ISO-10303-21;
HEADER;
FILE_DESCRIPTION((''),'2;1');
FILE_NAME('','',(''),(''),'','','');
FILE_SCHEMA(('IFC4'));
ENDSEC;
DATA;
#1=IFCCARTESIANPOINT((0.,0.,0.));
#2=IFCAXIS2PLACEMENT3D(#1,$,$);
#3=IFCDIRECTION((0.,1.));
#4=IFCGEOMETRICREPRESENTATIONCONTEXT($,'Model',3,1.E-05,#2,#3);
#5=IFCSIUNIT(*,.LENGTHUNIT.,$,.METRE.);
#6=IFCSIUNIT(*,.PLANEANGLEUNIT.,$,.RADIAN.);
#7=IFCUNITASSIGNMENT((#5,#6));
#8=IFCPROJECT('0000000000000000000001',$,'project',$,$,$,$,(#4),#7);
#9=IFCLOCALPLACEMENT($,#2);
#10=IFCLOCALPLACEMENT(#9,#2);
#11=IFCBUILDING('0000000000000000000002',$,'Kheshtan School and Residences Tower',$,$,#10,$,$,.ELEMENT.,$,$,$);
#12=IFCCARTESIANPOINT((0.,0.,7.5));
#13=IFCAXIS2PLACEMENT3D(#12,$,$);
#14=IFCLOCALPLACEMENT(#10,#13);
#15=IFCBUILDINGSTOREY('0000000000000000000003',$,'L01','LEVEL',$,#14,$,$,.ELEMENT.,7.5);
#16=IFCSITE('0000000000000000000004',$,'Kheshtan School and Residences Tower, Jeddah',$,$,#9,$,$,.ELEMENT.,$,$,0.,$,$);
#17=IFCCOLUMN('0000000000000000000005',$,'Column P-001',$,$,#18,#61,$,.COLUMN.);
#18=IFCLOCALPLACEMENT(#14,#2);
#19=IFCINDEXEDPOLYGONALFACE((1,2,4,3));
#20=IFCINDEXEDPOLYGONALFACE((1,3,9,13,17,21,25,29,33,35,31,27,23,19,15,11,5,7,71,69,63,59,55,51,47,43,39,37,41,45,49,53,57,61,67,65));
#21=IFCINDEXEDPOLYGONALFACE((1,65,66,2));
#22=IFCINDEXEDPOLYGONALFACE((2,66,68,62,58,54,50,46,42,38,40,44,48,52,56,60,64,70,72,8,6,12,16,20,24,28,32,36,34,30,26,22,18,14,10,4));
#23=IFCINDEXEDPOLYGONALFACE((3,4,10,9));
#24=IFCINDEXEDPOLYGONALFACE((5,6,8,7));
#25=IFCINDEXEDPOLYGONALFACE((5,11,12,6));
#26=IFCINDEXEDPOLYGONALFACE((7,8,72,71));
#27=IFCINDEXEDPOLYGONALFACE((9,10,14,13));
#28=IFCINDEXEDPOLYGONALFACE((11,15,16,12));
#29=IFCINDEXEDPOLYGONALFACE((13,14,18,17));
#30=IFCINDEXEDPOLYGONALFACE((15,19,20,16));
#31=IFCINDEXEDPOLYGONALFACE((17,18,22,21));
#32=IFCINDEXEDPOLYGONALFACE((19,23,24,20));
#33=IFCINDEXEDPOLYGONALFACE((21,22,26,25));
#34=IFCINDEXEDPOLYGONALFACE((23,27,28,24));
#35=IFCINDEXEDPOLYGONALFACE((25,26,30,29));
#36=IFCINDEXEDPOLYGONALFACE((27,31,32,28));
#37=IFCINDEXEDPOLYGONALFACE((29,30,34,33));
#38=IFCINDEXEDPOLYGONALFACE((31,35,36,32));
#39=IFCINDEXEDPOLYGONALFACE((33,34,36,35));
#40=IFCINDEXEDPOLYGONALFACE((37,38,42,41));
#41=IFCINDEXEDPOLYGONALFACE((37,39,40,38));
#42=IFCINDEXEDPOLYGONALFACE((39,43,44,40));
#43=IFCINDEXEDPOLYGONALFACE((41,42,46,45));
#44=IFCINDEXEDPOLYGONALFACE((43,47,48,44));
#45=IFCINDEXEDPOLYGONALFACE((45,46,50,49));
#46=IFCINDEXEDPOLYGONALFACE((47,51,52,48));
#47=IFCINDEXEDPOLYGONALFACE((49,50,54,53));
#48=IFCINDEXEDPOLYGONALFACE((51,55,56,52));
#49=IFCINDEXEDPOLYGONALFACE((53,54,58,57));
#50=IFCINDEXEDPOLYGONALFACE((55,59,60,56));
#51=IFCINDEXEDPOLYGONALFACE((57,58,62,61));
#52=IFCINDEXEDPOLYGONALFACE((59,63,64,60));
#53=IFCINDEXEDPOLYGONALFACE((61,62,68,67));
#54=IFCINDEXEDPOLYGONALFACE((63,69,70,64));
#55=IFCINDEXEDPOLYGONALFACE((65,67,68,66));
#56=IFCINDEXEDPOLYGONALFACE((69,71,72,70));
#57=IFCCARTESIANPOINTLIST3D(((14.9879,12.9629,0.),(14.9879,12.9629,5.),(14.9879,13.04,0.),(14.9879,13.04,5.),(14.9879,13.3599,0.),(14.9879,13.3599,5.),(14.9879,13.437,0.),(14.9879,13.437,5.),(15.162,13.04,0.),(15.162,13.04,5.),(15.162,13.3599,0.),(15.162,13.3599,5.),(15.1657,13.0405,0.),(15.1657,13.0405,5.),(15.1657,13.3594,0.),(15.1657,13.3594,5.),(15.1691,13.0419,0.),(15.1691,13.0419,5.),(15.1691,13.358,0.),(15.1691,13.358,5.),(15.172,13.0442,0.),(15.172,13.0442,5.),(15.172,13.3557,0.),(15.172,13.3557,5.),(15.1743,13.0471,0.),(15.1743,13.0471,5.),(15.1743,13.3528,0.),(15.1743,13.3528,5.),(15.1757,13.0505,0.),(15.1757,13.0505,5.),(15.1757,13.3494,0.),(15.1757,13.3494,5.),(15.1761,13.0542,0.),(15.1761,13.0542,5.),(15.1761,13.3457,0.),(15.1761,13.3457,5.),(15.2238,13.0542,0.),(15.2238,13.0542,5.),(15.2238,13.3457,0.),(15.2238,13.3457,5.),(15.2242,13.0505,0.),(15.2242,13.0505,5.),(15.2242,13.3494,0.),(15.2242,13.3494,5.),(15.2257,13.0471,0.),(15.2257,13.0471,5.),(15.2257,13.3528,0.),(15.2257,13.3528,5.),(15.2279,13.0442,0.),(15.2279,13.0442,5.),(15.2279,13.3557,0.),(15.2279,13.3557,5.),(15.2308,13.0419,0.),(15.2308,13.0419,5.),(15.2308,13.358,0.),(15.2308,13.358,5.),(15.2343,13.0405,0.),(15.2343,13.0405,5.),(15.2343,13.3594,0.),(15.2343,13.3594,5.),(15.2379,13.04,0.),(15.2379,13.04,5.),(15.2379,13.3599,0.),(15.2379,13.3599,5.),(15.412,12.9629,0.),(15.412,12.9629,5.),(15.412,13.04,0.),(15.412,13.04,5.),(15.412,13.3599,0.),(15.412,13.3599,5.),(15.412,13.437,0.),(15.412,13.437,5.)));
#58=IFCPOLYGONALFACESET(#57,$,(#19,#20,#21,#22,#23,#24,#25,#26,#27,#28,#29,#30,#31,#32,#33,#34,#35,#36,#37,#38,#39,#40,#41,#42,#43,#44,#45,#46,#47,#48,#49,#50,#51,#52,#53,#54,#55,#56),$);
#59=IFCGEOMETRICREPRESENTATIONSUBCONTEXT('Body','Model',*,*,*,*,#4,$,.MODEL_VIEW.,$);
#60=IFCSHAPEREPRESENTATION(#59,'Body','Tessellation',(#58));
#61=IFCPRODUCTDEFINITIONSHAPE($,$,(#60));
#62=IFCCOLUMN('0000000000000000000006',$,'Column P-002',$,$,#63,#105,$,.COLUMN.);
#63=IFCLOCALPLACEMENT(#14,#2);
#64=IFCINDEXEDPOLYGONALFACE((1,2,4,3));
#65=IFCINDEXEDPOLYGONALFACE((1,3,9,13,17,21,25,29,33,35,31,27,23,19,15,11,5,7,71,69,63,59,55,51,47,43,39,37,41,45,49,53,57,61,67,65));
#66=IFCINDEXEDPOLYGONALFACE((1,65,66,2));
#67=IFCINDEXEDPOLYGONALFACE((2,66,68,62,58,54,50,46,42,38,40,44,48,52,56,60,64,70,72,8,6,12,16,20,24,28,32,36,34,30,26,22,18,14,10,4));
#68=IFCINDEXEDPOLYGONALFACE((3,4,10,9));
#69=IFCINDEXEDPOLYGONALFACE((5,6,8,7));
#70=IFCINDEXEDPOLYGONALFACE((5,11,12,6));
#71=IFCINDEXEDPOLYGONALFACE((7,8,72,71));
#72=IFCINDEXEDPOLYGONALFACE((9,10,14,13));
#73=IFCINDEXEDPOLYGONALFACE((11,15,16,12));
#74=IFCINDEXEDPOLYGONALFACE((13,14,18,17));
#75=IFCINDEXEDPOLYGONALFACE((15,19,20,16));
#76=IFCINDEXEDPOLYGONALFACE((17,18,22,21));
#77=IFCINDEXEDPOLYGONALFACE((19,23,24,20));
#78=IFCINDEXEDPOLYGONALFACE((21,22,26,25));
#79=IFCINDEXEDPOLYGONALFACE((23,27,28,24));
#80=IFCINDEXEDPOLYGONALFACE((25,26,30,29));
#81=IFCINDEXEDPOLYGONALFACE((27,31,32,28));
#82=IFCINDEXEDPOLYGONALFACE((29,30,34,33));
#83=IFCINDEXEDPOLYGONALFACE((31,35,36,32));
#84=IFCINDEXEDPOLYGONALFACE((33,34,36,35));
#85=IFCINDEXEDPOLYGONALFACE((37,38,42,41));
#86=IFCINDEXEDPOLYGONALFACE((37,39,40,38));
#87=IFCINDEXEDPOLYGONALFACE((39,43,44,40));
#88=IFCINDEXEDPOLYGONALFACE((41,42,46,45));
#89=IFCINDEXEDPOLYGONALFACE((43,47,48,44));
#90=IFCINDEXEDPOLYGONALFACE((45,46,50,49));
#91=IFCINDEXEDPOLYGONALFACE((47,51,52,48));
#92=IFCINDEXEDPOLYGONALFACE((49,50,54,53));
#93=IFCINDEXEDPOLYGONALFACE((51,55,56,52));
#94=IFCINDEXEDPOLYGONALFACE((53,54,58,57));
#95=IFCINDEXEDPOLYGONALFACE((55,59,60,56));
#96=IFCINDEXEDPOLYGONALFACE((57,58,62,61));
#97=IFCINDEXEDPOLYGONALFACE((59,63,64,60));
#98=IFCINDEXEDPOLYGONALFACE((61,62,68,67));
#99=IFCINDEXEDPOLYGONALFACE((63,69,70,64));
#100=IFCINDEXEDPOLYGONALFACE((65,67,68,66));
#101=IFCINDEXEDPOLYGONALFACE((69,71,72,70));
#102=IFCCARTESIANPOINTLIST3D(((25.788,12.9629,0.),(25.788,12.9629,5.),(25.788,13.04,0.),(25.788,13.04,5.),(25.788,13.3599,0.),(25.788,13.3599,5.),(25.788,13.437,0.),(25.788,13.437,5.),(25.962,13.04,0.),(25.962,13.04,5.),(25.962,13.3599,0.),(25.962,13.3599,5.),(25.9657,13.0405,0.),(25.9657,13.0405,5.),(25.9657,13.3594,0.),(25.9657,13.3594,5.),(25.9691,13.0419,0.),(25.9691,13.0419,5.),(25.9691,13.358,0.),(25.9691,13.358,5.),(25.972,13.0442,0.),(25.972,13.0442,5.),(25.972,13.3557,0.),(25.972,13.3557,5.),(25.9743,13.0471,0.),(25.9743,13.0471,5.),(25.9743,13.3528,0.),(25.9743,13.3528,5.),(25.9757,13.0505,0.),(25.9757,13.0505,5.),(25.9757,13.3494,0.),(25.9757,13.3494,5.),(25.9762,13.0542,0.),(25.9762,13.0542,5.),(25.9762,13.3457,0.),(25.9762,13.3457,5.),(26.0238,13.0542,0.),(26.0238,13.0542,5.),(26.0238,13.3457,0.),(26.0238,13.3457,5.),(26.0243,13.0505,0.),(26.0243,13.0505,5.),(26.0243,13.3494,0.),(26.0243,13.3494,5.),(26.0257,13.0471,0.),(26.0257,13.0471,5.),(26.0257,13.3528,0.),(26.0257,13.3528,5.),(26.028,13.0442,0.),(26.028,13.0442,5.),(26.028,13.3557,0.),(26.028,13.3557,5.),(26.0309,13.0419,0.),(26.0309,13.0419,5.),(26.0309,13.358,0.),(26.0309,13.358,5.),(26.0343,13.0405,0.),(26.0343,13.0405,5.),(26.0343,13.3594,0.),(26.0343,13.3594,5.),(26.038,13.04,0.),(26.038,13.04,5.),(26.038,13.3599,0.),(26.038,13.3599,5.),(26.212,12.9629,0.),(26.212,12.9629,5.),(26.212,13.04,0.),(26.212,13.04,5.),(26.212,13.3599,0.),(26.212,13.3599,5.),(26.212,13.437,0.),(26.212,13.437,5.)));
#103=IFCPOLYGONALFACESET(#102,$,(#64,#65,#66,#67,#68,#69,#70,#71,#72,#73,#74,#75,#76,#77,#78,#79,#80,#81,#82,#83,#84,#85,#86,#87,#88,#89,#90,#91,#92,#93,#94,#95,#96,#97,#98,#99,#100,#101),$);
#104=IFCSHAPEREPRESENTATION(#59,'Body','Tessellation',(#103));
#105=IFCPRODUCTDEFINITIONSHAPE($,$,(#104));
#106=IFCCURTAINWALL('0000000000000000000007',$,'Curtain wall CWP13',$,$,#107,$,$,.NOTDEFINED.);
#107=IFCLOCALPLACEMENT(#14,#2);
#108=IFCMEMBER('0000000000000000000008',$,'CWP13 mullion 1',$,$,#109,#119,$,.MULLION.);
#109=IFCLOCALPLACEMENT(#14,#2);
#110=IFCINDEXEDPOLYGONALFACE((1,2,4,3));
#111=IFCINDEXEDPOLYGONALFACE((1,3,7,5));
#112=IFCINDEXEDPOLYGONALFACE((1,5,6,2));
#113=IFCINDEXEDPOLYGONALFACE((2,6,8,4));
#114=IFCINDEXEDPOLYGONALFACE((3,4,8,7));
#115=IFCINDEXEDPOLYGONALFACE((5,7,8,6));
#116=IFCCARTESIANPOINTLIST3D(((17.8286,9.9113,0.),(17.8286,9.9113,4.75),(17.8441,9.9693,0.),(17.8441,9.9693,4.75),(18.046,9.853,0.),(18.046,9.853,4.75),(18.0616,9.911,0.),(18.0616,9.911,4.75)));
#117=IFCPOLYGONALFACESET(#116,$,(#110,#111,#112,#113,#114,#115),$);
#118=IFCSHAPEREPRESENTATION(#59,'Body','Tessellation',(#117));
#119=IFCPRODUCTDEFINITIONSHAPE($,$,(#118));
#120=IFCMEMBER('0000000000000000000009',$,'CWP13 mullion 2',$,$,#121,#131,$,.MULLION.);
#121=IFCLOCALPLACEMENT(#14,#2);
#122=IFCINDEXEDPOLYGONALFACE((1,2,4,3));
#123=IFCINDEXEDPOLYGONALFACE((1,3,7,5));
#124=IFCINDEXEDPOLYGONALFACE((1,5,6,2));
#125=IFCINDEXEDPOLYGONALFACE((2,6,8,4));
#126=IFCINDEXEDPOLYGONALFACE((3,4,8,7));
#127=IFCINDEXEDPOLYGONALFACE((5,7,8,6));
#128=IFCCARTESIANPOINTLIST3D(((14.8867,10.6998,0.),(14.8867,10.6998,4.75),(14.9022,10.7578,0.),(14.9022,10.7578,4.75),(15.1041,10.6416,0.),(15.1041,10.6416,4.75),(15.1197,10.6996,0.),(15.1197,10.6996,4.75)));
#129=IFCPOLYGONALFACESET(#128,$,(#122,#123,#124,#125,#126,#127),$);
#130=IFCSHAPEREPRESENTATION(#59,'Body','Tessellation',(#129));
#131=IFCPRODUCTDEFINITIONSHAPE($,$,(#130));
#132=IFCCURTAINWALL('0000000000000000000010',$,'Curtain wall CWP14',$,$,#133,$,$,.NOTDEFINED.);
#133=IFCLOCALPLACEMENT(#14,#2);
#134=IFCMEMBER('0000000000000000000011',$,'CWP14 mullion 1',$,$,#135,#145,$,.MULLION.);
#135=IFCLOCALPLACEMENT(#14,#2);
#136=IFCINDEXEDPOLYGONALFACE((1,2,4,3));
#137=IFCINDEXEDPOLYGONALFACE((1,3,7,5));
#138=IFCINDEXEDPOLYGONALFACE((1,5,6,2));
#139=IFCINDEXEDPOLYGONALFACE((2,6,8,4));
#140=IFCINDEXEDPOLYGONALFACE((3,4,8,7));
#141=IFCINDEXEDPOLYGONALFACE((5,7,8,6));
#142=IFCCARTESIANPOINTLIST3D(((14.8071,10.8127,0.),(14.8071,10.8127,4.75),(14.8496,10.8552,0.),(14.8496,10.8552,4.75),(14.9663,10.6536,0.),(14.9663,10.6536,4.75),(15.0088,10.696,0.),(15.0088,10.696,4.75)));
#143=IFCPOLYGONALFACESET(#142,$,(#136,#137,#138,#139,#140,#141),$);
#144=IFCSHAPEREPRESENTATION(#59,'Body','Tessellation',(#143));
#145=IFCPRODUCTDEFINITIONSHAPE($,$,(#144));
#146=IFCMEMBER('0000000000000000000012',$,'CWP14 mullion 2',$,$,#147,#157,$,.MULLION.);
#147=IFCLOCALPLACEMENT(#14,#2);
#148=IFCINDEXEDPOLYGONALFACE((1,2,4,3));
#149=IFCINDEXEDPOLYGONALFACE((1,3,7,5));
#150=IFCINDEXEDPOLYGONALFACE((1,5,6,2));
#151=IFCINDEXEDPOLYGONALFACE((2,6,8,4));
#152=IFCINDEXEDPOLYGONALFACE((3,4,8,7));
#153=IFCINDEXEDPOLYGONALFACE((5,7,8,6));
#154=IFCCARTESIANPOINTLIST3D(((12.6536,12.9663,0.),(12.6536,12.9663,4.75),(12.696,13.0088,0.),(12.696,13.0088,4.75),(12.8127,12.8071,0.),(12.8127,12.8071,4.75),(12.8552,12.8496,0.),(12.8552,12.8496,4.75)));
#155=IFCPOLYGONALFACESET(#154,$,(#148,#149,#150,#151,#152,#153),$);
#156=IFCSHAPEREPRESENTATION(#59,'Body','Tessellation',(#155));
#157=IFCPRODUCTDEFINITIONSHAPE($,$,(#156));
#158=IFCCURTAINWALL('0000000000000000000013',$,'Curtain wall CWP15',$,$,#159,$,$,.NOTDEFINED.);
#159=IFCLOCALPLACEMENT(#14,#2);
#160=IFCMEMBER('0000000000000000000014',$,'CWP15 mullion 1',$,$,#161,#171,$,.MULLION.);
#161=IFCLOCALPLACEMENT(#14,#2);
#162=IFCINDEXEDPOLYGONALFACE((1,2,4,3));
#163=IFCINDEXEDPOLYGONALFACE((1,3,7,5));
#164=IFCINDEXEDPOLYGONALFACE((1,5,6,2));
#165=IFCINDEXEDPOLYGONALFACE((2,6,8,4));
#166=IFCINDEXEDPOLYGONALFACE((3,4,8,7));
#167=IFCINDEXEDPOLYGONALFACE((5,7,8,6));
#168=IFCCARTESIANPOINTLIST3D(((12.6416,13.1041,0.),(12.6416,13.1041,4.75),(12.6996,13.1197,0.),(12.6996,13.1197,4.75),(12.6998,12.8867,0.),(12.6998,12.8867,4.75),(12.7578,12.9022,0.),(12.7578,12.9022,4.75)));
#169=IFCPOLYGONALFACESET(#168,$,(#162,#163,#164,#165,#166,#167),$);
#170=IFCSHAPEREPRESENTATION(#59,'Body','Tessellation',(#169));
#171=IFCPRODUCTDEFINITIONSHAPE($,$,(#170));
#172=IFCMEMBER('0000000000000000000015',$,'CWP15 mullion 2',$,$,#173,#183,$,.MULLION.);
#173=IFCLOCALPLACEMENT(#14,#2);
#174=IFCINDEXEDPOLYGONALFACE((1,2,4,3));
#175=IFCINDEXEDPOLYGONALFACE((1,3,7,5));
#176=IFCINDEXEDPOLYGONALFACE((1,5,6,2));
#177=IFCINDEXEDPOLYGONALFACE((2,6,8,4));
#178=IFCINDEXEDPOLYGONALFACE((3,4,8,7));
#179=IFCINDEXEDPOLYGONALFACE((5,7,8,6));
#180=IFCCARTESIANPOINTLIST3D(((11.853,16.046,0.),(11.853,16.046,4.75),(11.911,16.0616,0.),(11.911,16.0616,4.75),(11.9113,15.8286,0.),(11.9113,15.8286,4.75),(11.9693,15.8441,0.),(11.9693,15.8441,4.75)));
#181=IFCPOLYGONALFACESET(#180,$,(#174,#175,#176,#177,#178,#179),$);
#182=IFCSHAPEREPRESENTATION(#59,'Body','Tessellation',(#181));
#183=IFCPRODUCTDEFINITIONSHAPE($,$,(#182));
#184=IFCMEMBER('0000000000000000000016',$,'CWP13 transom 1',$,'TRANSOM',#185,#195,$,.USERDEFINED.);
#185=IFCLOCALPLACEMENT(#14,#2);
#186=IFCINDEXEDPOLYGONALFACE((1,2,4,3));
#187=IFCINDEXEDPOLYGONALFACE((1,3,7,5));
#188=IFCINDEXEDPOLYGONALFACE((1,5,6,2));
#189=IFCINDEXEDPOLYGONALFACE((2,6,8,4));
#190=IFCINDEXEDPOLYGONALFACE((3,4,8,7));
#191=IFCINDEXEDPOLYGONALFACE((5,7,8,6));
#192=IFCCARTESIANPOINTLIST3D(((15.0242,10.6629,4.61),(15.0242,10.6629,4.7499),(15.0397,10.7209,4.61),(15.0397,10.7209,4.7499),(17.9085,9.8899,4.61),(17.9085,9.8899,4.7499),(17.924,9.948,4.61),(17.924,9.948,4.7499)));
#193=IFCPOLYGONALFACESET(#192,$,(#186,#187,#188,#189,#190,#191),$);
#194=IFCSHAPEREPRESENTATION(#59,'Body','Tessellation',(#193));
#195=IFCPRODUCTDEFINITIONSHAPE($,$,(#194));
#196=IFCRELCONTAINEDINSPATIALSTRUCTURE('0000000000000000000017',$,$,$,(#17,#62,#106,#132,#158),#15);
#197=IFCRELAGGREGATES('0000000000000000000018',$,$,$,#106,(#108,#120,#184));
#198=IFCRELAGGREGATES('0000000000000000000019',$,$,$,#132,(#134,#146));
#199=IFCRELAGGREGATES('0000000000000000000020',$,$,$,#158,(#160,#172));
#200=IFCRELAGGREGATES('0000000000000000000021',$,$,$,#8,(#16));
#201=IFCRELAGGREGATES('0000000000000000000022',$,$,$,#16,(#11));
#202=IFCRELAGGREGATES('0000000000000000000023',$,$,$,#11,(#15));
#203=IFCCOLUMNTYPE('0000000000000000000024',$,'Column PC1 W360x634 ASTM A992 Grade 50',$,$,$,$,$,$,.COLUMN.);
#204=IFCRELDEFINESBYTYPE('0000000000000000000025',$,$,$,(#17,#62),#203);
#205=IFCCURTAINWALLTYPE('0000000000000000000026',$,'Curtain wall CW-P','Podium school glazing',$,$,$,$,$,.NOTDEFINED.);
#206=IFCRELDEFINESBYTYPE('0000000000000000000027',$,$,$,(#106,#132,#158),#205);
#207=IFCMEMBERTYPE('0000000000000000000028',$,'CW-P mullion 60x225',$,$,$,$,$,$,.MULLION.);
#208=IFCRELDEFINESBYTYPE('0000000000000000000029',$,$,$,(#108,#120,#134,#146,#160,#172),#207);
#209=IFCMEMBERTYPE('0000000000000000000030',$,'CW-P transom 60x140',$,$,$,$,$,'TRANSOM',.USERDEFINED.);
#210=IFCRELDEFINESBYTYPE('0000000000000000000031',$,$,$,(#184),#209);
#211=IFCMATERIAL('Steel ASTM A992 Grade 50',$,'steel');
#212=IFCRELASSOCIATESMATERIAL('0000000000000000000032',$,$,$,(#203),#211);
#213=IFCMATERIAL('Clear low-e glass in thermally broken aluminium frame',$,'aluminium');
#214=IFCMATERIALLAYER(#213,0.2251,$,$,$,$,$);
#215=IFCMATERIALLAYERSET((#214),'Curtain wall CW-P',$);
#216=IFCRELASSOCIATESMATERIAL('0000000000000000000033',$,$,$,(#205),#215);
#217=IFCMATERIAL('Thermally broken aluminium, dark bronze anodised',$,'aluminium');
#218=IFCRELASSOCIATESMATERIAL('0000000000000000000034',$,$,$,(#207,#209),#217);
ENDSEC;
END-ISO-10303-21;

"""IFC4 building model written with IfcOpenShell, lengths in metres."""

from ifc_helpers import new_model, si_unit, direction, frame, origin, origin_2d, place, context, subcontext, project, spatial, rectangle, i_section, extrude, material, layer, layer_set, material_profile, profile_set, type_object, element, aggregate, save


model = new_model("IFC4")

# Units and contexts
model_context = context("Model", 3, precision=1e-05, world=origin(), true_north=direction((0.0, 1.0)))
body_context = subcontext(model_context, "Body", "Model", "MODEL_VIEW")
ifc_project = project(units=[si_unit("LENGTHUNIT", "METRE"), si_unit("PLANEANGLEUNIT", "RADIAN")], contexts=[model_context])

# Site, building, storey
site_placement = place(None, origin())
site = spatial("IfcSite", under=ifc_project, at=site_placement, Name="Kheshtan School and Residences Tower, Jeddah", CompositionType="ELEMENT", RefElevation=0.0)
building_placement = place(site_placement, origin())
building = spatial("IfcBuilding", under=site, at=building_placement, Name="Kheshtan School and Residences Tower", CompositionType="ELEMENT")
storey_placement = place(building_placement, frame((0.0, 0.0, 7.5)))
storey = spatial("IfcBuildingStorey", under=building, at=storey_placement, Name="L01", Description="LEVEL", CompositionType="ELEMENT", Elevation=7.5)

# Columns
ifc_material_1 = material(Name="Steel ASTM A992 Grade 50", Category="steel")
ifc_material_profile_1 = material_profile(ifc_material_1, i_section(OverallWidth=0.4241, OverallDepth=0.4741, WebThickness=0.0476, FlangeThickness=0.0771, FilletRadius=0.0142, at=origin_2d()), Name="W360x634")
ifc_profile_set_1 = profile_set([ifc_material_profile_1], Name="Steel ASTM A992 Grade 50")
column_type = type_object("IfcColumnType", Name="Column PC1 W360x634 ASTM A992 Grade 50", PredefinedType="COLUMN", material=ifc_profile_set_1)
for number, where, z_axis, x_axis, name in (
    (1, (15.2, 13.2, 0.0), (0.0, 0.0, 1.0), (1.0, 0.0, 0.0), "Column P-001"),
    (2, (26.0, 13.2, 0.0), (0.0, 0.0, 1.0), (1.0, 0.0, 0.0), "Column P-002"),
):
    element("IfcColumn", number, at=place(storey_placement, frame(where, z_axis=z_axis, x_axis=x_axis)), inside=storey, type_object=column_type, Name=name, PredefinedType="COLUMN", context=body_context, shape_type="SweptSolid", body=[
        extrude(i_section(OverallWidth=0.4241, OverallDepth=0.4741, WebThickness=0.0476, FlangeThickness=0.0771, FilletRadius=0.0142, at=origin_2d()), origin(), (0.0, 0.0, 1.0), 5.0),
    ])

# Curtain walls, members
ifc_material_2 = material(Name="Clear low-e glass in thermally broken aluminium frame", Category="aluminium")
ifc_layer_1 = layer(ifc_material_2, 0.2251)
ifc_layer_set_1 = layer_set([ifc_layer_1], Name="Curtain wall CW-P")
curtain_wall_type = type_object("IfcCurtainWallType", Name="Curtain wall CW-P", Description="Podium school glazing", PredefinedType="NOTDEFINED", material=ifc_layer_set_1)
curtain_wall_1_placement = place(storey_placement, origin())
curtain_wall_1 = element("IfcCurtainWall", 3, at=curtain_wall_1_placement, inside=storey, type_object=curtain_wall_type, Name="Curtain wall CWP13", PredefinedType="NOTDEFINED")
ifc_material_3 = material(Name="Thermally broken aluminium, dark bronze anodised", Category="aluminium")
ifc_material_profile_2 = material_profile(ifc_material_3, rectangle(XDim=0.0601, YDim=0.2251, at=origin_2d()), Name="CW-P mullion 60x225")
ifc_profile_set_2 = profile_set([ifc_material_profile_2], Name="Thermally broken aluminium, dark bronze anodised")
member_type_1 = type_object("IfcMemberType", Name="CW-P mullion 60x225", PredefinedType="MULLION", material=ifc_profile_set_2)
member_1_placement = place(storey_placement, frame((17.9451, 9.9111, 0.0), z_axis=(0.0, 0.0, 1.0), x_axis=(-0.258865, -0.965914, 0.0)))
member_1 = element("IfcMember", 4, at=member_1_placement, type_object=member_type_1, Name="CWP13 mullion 1", PredefinedType="MULLION", context=body_context, shape_type="SweptSolid", body=[
    extrude(rectangle(XDim=0.0601, YDim=0.2251, at=origin_2d()), origin(), (0.0, 0.0, 1.0), 4.75),
])
member_2_placement = place(storey_placement, frame((15.0032, 10.6997, 0.0), z_axis=(0.0, 0.0, 1.0), x_axis=(-0.258865, -0.965914, 0.0)))
member_2 = element("IfcMember", 5, at=member_2_placement, type_object=member_type_1, Name="CWP13 mullion 2", PredefinedType="MULLION", context=body_context, shape_type="SweptSolid", body=[
    extrude(rectangle(XDim=0.0601, YDim=0.2251, at=origin_2d()), origin(), (0.0, 0.0, 1.0), 4.75),
])
curtain_wall_2_placement = place(storey_placement, origin())
curtain_wall_2 = element("IfcCurtainWall", 6, at=curtain_wall_2_placement, inside=storey, type_object=curtain_wall_type, Name="Curtain wall CWP14", PredefinedType="NOTDEFINED")
member_3_placement = place(storey_placement, frame((14.908, 10.7544, 0.0), z_axis=(0.0, 0.0, 1.0), x_axis=(-0.707107, -0.707107, 0.0)))
member_3 = element("IfcMember", 7, at=member_3_placement, type_object=member_type_1, Name="CWP14 mullion 1", PredefinedType="MULLION", context=body_context, shape_type="SweptSolid", body=[
    extrude(rectangle(XDim=0.0601, YDim=0.2251, at=origin_2d()), origin(), (0.0, 0.0, 1.0), 4.75),
])
member_4_placement = place(storey_placement, frame((12.7544, 12.908, 0.0), z_axis=(0.0, 0.0, 1.0), x_axis=(-0.707107, -0.707107, 0.0)))
member_4 = element("IfcMember", 8, at=member_4_placement, type_object=member_type_1, Name="CWP14 mullion 2", PredefinedType="MULLION", context=body_context, shape_type="SweptSolid", body=[
    extrude(rectangle(XDim=0.0601, YDim=0.2251, at=origin_2d()), origin(), (0.0, 0.0, 1.0), 4.75),
])
curtain_wall_3_placement = place(storey_placement, origin())
curtain_wall_3 = element("IfcCurtainWall", 9, at=curtain_wall_3_placement, inside=storey, type_object=curtain_wall_type, Name="Curtain wall CWP15", PredefinedType="NOTDEFINED")
member_5_placement = place(storey_placement, frame((12.6997, 13.0032, 0.0), z_axis=(0.0, 0.0, 1.0), x_axis=(-0.965914, -0.258865, 0.0)))
member_5 = element("IfcMember", 10, at=member_5_placement, type_object=member_type_1, Name="CWP15 mullion 1", PredefinedType="MULLION", context=body_context, shape_type="SweptSolid", body=[
    extrude(rectangle(XDim=0.0601, YDim=0.2251, at=origin_2d()), origin(), (0.0, 0.0, 1.0), 4.75),
])
member_6_placement = place(storey_placement, frame((11.9111, 15.9451, 0.0), z_axis=(0.0, 0.0, 1.0), x_axis=(-0.965914, -0.258865, 0.0)))
member_6 = element("IfcMember", 11, at=member_6_placement, type_object=member_type_1, Name="CWP15 mullion 2", PredefinedType="MULLION", context=body_context, shape_type="SweptSolid", body=[
    extrude(rectangle(XDim=0.0601, YDim=0.2251, at=origin_2d()), origin(), (0.0, 0.0, 1.0), 4.75),
])

# Member
ifc_material_profile_3 = material_profile(ifc_material_3, rectangle(XDim=0.0601, YDim=0.1399, at=origin_2d()), Name="CW-P transom 60x140")
ifc_profile_set_3 = profile_set([ifc_material_profile_3], Name="Thermally broken aluminium, dark bronze anodised")
member_type_2 = type_object("IfcMemberType", Name="CW-P transom 60x140", ElementType="TRANSOM", PredefinedType="USERDEFINED", material=ifc_profile_set_3)
member_7_placement = place(storey_placement, frame((17.9163, 9.9189, 4.6799), z_axis=(-0.965917, 0.258853, 0.0), x_axis=(-0.258853, -0.965917, 0.0)))
member_7 = element("IfcMember", 12, at=member_7_placement, type_object=member_type_2, Name="CWP13 transom 1", ObjectType="TRANSOM", PredefinedType="USERDEFINED", context=body_context, shape_type="SweptSolid", body=[
    extrude(rectangle(XDim=0.0601, YDim=0.1399, at=origin_2d()), origin(), (0.0, 0.0, 1.0), 2.9861),
])

aggregate(curtain_wall_1, [member_1, member_2, member_7])
aggregate(curtain_wall_2, [member_3, member_4])
aggregate(curtain_wall_3, [member_5, member_6])

save(model, "model.ifc")
